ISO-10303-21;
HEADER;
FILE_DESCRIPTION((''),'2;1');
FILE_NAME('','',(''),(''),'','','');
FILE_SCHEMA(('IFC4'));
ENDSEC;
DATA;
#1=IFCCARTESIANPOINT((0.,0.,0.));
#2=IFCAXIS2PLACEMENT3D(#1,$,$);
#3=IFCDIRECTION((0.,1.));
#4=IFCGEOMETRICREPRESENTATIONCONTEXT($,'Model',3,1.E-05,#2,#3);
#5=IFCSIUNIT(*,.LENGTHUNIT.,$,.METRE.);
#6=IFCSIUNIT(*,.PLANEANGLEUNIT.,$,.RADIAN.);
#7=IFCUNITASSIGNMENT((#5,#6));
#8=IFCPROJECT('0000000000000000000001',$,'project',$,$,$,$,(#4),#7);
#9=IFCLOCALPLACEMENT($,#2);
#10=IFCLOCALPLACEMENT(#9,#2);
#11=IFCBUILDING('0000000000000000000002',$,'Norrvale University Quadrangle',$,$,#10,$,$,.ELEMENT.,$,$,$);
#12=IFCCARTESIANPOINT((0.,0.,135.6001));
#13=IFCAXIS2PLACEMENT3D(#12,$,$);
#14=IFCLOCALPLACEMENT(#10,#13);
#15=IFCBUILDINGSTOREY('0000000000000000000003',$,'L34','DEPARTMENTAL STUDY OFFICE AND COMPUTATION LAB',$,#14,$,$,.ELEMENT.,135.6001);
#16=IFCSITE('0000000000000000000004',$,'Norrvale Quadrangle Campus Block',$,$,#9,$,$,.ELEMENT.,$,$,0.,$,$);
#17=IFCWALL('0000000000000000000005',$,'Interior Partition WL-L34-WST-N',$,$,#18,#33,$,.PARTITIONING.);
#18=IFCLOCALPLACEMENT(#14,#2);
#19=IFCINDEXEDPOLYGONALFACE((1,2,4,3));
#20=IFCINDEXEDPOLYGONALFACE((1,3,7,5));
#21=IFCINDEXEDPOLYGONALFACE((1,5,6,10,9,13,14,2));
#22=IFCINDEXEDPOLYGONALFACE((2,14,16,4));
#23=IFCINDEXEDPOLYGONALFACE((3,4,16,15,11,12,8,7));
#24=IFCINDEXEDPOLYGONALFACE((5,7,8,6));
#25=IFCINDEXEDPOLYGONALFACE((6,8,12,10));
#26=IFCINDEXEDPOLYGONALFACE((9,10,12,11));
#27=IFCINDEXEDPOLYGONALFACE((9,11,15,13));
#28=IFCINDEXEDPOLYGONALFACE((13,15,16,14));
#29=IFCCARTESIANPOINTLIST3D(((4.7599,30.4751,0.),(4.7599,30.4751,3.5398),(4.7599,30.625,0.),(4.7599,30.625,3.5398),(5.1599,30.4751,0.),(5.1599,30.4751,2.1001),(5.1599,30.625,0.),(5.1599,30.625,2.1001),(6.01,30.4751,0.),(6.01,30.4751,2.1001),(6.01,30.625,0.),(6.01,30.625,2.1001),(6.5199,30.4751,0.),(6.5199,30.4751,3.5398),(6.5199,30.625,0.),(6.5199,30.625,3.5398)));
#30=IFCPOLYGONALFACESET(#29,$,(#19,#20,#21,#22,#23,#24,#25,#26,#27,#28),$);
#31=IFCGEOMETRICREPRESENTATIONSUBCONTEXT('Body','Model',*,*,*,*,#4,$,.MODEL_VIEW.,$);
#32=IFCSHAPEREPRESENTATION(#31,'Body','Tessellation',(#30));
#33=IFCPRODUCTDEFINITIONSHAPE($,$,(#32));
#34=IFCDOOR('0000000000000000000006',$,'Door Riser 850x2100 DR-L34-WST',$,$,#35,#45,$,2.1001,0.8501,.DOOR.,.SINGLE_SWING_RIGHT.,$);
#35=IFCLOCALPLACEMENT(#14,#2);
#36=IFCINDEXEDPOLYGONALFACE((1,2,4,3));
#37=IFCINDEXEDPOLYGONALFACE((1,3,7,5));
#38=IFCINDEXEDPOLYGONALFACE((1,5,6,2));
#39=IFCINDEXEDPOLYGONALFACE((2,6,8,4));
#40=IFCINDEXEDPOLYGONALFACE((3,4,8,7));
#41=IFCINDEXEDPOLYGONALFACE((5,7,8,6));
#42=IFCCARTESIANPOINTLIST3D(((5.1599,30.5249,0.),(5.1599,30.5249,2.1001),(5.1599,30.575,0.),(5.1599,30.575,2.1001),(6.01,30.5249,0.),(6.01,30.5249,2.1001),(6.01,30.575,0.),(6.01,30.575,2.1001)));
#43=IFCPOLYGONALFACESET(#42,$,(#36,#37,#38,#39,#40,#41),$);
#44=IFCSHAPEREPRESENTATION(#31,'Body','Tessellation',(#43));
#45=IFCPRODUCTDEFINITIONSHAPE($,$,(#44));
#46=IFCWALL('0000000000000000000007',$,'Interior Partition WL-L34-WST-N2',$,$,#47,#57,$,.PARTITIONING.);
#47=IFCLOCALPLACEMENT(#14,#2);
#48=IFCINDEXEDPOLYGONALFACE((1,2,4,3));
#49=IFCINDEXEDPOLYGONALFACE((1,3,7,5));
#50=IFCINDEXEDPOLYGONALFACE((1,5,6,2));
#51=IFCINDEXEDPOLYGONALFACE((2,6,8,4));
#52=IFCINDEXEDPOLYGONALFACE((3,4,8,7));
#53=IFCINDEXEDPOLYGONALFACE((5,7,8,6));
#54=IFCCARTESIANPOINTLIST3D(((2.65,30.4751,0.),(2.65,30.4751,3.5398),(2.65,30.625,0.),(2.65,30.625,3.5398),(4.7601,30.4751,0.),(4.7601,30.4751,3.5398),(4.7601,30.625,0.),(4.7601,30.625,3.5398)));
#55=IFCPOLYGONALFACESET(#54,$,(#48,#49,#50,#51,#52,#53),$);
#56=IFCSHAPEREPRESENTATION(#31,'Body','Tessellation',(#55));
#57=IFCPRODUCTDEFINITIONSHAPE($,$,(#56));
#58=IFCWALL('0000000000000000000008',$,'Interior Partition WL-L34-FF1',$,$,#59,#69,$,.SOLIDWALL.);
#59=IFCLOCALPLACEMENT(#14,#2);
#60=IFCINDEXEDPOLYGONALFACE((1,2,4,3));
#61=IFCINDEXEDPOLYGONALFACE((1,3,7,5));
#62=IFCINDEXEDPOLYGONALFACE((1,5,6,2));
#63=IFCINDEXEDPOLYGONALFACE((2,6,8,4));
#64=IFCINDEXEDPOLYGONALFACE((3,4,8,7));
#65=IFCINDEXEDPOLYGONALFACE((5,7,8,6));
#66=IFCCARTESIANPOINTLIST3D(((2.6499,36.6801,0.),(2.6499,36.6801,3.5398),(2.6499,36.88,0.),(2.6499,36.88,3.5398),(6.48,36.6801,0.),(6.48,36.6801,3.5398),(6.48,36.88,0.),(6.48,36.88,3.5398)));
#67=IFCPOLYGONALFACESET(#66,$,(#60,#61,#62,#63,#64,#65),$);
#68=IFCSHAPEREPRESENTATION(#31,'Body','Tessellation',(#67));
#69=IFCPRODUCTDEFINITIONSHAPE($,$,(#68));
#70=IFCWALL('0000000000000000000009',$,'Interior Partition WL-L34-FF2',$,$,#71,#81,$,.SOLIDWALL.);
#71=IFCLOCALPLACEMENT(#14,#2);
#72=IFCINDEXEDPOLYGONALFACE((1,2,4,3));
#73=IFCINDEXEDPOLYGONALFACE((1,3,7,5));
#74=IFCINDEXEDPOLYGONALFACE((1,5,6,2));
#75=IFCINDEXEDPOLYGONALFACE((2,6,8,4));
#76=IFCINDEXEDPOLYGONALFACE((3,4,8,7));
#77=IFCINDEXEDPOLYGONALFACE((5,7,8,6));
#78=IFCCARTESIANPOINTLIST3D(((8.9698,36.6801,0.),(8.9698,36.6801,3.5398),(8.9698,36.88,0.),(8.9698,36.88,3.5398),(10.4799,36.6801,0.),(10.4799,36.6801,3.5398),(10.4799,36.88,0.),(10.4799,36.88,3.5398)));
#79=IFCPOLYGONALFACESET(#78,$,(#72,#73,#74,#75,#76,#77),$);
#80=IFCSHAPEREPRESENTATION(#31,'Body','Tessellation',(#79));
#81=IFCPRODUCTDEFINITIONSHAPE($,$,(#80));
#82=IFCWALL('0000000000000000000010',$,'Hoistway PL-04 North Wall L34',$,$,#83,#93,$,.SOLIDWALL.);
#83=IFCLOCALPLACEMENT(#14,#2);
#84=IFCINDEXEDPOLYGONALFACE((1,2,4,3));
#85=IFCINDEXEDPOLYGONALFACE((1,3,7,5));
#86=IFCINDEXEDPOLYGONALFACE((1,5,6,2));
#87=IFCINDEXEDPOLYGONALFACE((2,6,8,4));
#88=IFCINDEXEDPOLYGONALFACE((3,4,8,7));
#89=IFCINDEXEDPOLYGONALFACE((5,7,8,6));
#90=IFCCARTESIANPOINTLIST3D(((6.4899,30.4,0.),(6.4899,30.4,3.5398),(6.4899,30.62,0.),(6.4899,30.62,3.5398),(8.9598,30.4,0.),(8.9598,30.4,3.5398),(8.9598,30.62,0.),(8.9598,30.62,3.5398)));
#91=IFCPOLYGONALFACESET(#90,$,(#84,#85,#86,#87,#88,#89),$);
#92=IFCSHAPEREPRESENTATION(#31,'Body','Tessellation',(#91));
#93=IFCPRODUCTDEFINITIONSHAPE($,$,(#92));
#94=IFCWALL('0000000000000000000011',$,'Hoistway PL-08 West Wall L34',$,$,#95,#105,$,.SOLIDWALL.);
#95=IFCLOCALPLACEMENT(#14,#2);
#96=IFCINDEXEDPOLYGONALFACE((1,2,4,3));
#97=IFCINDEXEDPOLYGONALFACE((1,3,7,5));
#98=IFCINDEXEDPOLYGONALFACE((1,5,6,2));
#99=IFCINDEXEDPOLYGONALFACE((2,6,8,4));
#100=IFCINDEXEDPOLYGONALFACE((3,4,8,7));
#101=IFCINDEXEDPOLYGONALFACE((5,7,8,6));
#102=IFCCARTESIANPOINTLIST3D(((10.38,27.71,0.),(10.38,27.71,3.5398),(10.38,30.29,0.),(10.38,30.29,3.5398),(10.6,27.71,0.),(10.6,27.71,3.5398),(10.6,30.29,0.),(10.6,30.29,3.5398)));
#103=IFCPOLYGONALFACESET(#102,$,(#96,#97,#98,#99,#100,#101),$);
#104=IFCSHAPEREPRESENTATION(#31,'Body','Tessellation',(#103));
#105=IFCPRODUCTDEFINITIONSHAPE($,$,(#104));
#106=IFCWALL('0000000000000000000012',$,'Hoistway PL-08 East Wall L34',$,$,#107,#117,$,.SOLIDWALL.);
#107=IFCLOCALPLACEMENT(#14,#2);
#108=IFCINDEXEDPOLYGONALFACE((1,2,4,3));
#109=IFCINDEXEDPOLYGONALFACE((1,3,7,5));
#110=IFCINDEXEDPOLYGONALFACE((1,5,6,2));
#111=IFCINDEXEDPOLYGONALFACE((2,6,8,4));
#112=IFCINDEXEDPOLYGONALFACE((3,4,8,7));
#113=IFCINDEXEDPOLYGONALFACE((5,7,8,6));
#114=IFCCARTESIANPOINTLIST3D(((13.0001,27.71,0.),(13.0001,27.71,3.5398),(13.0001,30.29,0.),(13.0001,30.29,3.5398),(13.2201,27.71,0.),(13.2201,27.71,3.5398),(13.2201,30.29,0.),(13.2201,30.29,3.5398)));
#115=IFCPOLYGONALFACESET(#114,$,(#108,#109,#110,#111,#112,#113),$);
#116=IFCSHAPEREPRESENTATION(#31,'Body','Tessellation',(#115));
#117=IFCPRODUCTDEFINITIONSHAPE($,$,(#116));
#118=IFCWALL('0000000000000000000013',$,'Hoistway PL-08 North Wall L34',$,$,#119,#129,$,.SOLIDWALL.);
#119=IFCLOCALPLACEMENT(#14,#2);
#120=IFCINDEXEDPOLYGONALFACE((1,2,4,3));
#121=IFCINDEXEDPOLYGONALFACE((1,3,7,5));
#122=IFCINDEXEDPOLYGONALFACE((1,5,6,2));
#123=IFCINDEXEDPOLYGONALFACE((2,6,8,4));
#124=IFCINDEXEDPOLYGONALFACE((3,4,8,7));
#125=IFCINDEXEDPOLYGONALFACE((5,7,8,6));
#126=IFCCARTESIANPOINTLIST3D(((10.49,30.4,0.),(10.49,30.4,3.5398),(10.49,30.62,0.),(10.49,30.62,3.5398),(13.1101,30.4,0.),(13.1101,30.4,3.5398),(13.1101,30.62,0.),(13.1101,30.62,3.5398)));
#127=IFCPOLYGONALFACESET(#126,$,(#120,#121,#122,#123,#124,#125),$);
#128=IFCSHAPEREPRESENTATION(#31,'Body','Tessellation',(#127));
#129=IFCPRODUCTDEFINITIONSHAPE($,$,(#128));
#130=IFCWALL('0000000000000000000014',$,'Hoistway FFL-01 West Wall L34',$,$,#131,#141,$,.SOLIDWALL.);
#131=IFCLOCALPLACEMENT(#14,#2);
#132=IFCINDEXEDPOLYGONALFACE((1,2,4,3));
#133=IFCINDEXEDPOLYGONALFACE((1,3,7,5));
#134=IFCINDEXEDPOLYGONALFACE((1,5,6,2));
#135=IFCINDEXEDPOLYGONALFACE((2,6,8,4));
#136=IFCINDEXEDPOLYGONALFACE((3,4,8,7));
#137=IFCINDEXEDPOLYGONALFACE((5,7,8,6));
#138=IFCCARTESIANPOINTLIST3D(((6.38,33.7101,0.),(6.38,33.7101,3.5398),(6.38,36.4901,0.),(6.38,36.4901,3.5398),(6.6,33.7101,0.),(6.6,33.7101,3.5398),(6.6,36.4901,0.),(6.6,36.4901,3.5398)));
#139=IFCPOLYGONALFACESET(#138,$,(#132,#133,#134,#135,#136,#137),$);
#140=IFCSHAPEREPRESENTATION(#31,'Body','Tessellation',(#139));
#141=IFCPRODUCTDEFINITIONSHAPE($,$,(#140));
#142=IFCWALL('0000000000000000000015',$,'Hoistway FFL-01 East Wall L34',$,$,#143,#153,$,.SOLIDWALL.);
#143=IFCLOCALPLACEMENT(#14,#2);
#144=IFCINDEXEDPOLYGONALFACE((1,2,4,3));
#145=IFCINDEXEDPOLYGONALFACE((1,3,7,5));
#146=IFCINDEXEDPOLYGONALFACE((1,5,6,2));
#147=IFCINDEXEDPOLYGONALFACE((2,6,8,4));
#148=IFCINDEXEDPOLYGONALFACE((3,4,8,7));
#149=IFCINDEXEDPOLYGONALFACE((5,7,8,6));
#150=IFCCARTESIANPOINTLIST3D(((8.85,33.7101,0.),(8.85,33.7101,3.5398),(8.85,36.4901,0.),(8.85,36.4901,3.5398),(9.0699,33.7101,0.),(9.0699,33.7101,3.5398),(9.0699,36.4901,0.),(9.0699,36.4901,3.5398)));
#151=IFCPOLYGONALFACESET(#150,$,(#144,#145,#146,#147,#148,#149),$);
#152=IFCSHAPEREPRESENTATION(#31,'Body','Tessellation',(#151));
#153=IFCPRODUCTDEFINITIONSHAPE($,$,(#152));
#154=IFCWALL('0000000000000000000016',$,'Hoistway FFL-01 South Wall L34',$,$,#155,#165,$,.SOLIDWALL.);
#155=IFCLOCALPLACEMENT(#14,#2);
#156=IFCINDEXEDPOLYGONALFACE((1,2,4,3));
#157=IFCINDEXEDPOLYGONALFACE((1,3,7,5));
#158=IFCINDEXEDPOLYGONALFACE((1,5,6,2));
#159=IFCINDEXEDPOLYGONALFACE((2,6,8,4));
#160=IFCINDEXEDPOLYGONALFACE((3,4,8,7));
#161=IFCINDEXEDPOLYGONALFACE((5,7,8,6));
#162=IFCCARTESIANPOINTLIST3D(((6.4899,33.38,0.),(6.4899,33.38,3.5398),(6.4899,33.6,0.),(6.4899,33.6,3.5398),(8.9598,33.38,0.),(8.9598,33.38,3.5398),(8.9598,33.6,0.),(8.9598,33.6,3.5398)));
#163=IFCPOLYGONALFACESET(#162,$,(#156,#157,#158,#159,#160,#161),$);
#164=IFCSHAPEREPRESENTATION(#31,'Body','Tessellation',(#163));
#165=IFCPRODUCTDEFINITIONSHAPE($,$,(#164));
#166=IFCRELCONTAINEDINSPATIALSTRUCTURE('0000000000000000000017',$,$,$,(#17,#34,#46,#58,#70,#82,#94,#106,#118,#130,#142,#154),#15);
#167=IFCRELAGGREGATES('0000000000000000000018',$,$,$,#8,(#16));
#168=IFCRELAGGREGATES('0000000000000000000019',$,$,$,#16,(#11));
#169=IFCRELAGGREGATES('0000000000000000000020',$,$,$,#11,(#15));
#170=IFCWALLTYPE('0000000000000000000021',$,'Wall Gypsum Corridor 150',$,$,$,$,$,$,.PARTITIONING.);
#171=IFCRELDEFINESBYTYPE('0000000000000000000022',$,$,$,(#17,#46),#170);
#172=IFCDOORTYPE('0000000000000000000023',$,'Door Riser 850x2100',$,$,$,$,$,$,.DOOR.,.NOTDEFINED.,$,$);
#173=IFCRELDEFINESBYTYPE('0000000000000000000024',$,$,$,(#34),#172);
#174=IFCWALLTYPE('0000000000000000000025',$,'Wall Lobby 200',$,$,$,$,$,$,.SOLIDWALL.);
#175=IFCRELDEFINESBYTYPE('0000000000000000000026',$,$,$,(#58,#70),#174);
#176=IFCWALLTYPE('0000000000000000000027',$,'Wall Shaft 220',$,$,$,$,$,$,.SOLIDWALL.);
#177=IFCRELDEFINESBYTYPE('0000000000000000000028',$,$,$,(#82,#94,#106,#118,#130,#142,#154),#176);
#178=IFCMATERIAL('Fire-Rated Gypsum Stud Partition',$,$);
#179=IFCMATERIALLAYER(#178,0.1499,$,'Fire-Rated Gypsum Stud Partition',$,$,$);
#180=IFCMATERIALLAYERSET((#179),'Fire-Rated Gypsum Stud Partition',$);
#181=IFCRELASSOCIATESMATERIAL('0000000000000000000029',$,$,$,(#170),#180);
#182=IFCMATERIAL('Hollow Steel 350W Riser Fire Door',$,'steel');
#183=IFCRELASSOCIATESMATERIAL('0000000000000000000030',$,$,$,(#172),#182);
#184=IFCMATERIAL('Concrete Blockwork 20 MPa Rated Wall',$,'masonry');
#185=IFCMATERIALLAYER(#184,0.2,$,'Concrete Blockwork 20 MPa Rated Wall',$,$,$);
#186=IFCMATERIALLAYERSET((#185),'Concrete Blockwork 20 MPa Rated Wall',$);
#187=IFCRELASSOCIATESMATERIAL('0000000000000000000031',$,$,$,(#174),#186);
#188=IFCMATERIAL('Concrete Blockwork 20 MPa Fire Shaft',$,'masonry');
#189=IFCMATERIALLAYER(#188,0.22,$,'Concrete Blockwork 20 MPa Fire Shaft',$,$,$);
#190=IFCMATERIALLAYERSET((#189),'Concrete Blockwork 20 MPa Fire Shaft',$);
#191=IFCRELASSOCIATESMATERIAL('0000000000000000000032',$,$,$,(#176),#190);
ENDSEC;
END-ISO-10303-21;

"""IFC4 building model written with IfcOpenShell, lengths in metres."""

from ifc_helpers import new_model, si_unit, direction, frame, frame_2d, origin, place, context, subcontext, project, spatial, rectangle, extrude, material, layer, layer_set, type_object, element, fill, save


model = new_model("IFC4")

# Units and contexts
model_context = context("Model", 3, precision=1e-05, world=origin(), true_north=direction((0.0, 1.0)))
body_context = subcontext(model_context, "Body", "Model", "MODEL_VIEW")
ifc_project = project(units=[si_unit("LENGTHUNIT", "METRE"), si_unit("PLANEANGLEUNIT", "RADIAN")], contexts=[model_context])

# Site, building, storey
site_placement = place(None, origin())
site = spatial("IfcSite", under=ifc_project, at=site_placement, Name="Norrvale Quadrangle Campus Block", CompositionType="ELEMENT", RefElevation=0.0)
building_placement = place(site_placement, origin())
building = spatial("IfcBuilding", under=site, at=building_placement, Name="Norrvale University Quadrangle", CompositionType="ELEMENT")
storey_placement = place(building_placement, frame((0.0, 0.0, 135.6001)))
storey = spatial("IfcBuildingStorey", under=building, at=storey_placement, Name="L34", Description="DEPARTMENTAL STUDY OFFICE AND COMPUTATION LAB", CompositionType="ELEMENT", Elevation=135.6001)

# Shared definitions
ifc_material_1 = material(Name="Fire-Rated Gypsum Stud Partition")
ifc_layer_1 = layer(ifc_material_1, 0.1499, Name="Fire-Rated Gypsum Stud Partition")
ifc_layer_set_1 = layer_set([ifc_layer_1], Name="Fire-Rated Gypsum Stud Partition")
wall_type_1 = type_object("IfcWallType", Name="Wall Gypsum Corridor 150", PredefinedType="PARTITIONING", material=ifc_layer_set_1)

# Wall, opening, door
ifc_material_2 = material(Name="Hollow Steel 350W Riser Fire Door", Category="steel")
door_type_1 = type_object("IfcDoorType", Name="Door Riser 850x2100", OperationType="NOTDEFINED", PredefinedType="DOOR", material=ifc_material_2)
wall_1_placement = place(storey_placement, frame((4.76, 30.55, 0.0), z_axis=(0.0, 0.0, 1.0), x_axis=(1.0, 0.0, 0.0)))
wall_1 = element("IfcWall", 1, at=wall_1_placement, inside=storey, type_object=wall_type_1, Name="Interior Partition WL-L34-WST-N", PredefinedType="PARTITIONING", context=body_context, shape_type="SweptSolid", body=[
    extrude(rectangle(XDim=1.76, YDim=0.1499, at=frame_2d((0.8799, 0.0))), origin(), (0.0, 0.0, 1.0), 3.5398),
])
opening_1_placement = place(wall_1_placement, frame((0.3999, 0.0, 0.0)))
opening_1 = element("IfcOpeningElement", 2, at=opening_1_placement, cuts=wall_1, PredefinedType="OPENING", context=body_context, shape_type="SweptSolid", body=[
    extrude(rectangle(XDim=0.8501, YDim=2.1001, at=frame_2d((0.425, 1.05))), frame((0.0, 0.0869, 0.0), z_axis=(0.0, -1.0, 0.0), x_axis=(1.0, 0.0, 0.0)), (0.0, 0.0, 1.0), 0.1738),
])
door_1_placement = place(opening_1_placement, origin())
door_1 = element("IfcDoor", 3, at=door_1_placement, inside=storey, type_object=door_type_1, Name="Door Riser 850x2100 DR-L34-WST", OperationType="SINGLE_SWING_RIGHT", OverallHeight=2.1001, OverallWidth=0.8501, PredefinedType="DOOR", context=body_context, shape_type="SweptSolid", body=[
    extrude(rectangle(XDim=0.8501, YDim=2.1001, at=frame_2d((0.425, 1.05))), frame((0.0, 0.0249, 0.0), z_axis=(0.0, -1.0, 0.0), x_axis=(1.0, 0.0, 0.0)), (0.0, 0.0, 1.0), 0.05),
])
fill(opening_1, door_1)

# Walls
wall_2_placement = place(storey_placement, frame((2.6499, 30.55, 0.0), z_axis=(0.0, 0.0, 1.0), x_axis=(1.0, 0.0, 0.0)))
element("IfcWall", 4, at=wall_2_placement, inside=storey, type_object=wall_type_1, Name="Interior Partition WL-L34-WST-N2", PredefinedType="PARTITIONING", context=body_context, shape_type="SweptSolid", body=[
    extrude(rectangle(XDim=2.1101, YDim=0.1499, at=frame_2d((1.0552, 0.0))), origin(), (0.0, 0.0, 1.0), 3.5398),
])
ifc_material_3 = material(Name="Concrete Blockwork 20 MPa Rated Wall", Category="masonry")
ifc_layer_2 = layer(ifc_material_3, 0.2, Name="Concrete Blockwork 20 MPa Rated Wall")
ifc_layer_set_2 = layer_set([ifc_layer_2], Name="Concrete Blockwork 20 MPa Rated Wall")
wall_type_2 = type_object("IfcWallType", Name="Wall Lobby 200", PredefinedType="SOLIDWALL", material=ifc_layer_set_2)
wall_3_placement = place(storey_placement, frame((2.6499, 36.78, 0.0), z_axis=(0.0, 0.0, 1.0), x_axis=(1.0, 0.0, 0.0)))
element("IfcWall", 5, at=wall_3_placement, inside=storey, type_object=wall_type_2, Name="Interior Partition WL-L34-FF1", PredefinedType="SOLIDWALL", context=body_context, shape_type="SweptSolid", body=[
    extrude(rectangle(XDim=3.8301, YDim=0.2, at=frame_2d((1.915, 0.0))), origin(), (0.0, 0.0, 1.0), 3.5398),
])
wall_4_placement = place(storey_placement, frame((8.97, 36.78, 0.0), z_axis=(0.0, 0.0, 1.0), x_axis=(1.0, 0.0, 0.0)))
element("IfcWall", 6, at=wall_4_placement, inside=storey, type_object=wall_type_2, Name="Interior Partition WL-L34-FF2", PredefinedType="SOLIDWALL", context=body_context, shape_type="SweptSolid", body=[
    extrude(rectangle(XDim=1.51, YDim=0.2, at=frame_2d((0.7549, 0.0))), origin(), (0.0, 0.0, 1.0), 3.5398),
])
ifc_material_4 = material(Name="Concrete Blockwork 20 MPa Fire Shaft", Category="masonry")
ifc_layer_3 = layer(ifc_material_4, 0.22, Name="Concrete Blockwork 20 MPa Fire Shaft")
ifc_layer_set_3 = layer_set([ifc_layer_3], Name="Concrete Blockwork 20 MPa Fire Shaft")
wall_type_3 = type_object("IfcWallType", Name="Wall Shaft 220", PredefinedType="SOLIDWALL", material=ifc_layer_set_3)
wall_5_placement = place(storey_placement, frame((6.49, 30.51, 0.0), z_axis=(0.0, 0.0, 1.0), x_axis=(1.0, 0.0, 0.0)))
element("IfcWall", 7, at=wall_5_placement, inside=storey, type_object=wall_type_3, Name="Hoistway PL-04 North Wall L34", PredefinedType="SOLIDWALL", context=body_context, shape_type="SweptSolid", body=[
    extrude(rectangle(XDim=2.47, YDim=0.22, at=frame_2d((1.2349, 0.0))), origin(), (0.0, 0.0, 1.0), 3.5398),
])
for number, where, z_axis, x_axis, name in (
    (8, (10.49, 27.71, 0.0), (0.0, 0.0, 1.0), (0.0, 1.0, 0.0), "Hoistway PL-08 West Wall L34"),
    (9, (13.1101, 27.71, 0.0), (0.0, 0.0, 1.0), (0.0, 1.0, 0.0), "Hoistway PL-08 East Wall L34"),
):
    element("IfcWall", number, at=place(storey_placement, frame(where, z_axis=z_axis, x_axis=x_axis)), inside=storey, type_object=wall_type_3, Name=name, PredefinedType="SOLIDWALL", context=body_context, shape_type="SweptSolid", body=[
        extrude(rectangle(XDim=2.5801, YDim=0.22, at=frame_2d((1.29, 0.0))), origin(), (0.0, 0.0, 1.0), 3.5398),
    ])
wall_6_placement = place(storey_placement, frame((10.49, 30.51, 0.0), z_axis=(0.0, 0.0, 1.0), x_axis=(1.0, 0.0, 0.0)))
element("IfcWall", 10, at=wall_6_placement, inside=storey, type_object=wall_type_3, Name="Hoistway PL-08 North Wall L34", PredefinedType="SOLIDWALL", context=body_context, shape_type="SweptSolid", body=[
    extrude(rectangle(XDim=2.6201, YDim=0.22, at=frame_2d((1.3101, 0.0))), origin(), (0.0, 0.0, 1.0), 3.5398),
])
for number, where, z_axis, x_axis, name in (
    (11, (6.49, 33.71, 0.0), (0.0, 0.0, 1.0), (0.0, 1.0, 0.0), "Hoistway FFL-01 West Wall L34"),
    (12, (8.96, 33.71, 0.0), (0.0, 0.0, 1.0), (0.0, 1.0, 0.0), "Hoistway FFL-01 East Wall L34"),
):
    element("IfcWall", number, at=place(storey_placement, frame(where, z_axis=z_axis, x_axis=x_axis)), inside=storey, type_object=wall_type_3, Name=name, PredefinedType="SOLIDWALL", context=body_context, shape_type="SweptSolid", body=[
        extrude(rectangle(XDim=2.78, YDim=0.22, at=frame_2d((1.3901, 0.0))), origin(), (0.0, 0.0, 1.0), 3.5398),
    ])
wall_7_placement = place(storey_placement, frame((6.49, 33.49, 0.0), z_axis=(0.0, 0.0, 1.0), x_axis=(1.0, 0.0, 0.0)))
element("IfcWall", 13, at=wall_7_placement, inside=storey, type_object=wall_type_3, Name="Hoistway FFL-01 South Wall L34", PredefinedType="SOLIDWALL", context=body_context, shape_type="SweptSolid", body=[
    extrude(rectangle(XDim=2.47, YDim=0.22, at=frame_2d((1.2349, 0.0))), origin(), (0.0, 0.0, 1.0), 3.5398),
])

save(model, "model.ifc")
